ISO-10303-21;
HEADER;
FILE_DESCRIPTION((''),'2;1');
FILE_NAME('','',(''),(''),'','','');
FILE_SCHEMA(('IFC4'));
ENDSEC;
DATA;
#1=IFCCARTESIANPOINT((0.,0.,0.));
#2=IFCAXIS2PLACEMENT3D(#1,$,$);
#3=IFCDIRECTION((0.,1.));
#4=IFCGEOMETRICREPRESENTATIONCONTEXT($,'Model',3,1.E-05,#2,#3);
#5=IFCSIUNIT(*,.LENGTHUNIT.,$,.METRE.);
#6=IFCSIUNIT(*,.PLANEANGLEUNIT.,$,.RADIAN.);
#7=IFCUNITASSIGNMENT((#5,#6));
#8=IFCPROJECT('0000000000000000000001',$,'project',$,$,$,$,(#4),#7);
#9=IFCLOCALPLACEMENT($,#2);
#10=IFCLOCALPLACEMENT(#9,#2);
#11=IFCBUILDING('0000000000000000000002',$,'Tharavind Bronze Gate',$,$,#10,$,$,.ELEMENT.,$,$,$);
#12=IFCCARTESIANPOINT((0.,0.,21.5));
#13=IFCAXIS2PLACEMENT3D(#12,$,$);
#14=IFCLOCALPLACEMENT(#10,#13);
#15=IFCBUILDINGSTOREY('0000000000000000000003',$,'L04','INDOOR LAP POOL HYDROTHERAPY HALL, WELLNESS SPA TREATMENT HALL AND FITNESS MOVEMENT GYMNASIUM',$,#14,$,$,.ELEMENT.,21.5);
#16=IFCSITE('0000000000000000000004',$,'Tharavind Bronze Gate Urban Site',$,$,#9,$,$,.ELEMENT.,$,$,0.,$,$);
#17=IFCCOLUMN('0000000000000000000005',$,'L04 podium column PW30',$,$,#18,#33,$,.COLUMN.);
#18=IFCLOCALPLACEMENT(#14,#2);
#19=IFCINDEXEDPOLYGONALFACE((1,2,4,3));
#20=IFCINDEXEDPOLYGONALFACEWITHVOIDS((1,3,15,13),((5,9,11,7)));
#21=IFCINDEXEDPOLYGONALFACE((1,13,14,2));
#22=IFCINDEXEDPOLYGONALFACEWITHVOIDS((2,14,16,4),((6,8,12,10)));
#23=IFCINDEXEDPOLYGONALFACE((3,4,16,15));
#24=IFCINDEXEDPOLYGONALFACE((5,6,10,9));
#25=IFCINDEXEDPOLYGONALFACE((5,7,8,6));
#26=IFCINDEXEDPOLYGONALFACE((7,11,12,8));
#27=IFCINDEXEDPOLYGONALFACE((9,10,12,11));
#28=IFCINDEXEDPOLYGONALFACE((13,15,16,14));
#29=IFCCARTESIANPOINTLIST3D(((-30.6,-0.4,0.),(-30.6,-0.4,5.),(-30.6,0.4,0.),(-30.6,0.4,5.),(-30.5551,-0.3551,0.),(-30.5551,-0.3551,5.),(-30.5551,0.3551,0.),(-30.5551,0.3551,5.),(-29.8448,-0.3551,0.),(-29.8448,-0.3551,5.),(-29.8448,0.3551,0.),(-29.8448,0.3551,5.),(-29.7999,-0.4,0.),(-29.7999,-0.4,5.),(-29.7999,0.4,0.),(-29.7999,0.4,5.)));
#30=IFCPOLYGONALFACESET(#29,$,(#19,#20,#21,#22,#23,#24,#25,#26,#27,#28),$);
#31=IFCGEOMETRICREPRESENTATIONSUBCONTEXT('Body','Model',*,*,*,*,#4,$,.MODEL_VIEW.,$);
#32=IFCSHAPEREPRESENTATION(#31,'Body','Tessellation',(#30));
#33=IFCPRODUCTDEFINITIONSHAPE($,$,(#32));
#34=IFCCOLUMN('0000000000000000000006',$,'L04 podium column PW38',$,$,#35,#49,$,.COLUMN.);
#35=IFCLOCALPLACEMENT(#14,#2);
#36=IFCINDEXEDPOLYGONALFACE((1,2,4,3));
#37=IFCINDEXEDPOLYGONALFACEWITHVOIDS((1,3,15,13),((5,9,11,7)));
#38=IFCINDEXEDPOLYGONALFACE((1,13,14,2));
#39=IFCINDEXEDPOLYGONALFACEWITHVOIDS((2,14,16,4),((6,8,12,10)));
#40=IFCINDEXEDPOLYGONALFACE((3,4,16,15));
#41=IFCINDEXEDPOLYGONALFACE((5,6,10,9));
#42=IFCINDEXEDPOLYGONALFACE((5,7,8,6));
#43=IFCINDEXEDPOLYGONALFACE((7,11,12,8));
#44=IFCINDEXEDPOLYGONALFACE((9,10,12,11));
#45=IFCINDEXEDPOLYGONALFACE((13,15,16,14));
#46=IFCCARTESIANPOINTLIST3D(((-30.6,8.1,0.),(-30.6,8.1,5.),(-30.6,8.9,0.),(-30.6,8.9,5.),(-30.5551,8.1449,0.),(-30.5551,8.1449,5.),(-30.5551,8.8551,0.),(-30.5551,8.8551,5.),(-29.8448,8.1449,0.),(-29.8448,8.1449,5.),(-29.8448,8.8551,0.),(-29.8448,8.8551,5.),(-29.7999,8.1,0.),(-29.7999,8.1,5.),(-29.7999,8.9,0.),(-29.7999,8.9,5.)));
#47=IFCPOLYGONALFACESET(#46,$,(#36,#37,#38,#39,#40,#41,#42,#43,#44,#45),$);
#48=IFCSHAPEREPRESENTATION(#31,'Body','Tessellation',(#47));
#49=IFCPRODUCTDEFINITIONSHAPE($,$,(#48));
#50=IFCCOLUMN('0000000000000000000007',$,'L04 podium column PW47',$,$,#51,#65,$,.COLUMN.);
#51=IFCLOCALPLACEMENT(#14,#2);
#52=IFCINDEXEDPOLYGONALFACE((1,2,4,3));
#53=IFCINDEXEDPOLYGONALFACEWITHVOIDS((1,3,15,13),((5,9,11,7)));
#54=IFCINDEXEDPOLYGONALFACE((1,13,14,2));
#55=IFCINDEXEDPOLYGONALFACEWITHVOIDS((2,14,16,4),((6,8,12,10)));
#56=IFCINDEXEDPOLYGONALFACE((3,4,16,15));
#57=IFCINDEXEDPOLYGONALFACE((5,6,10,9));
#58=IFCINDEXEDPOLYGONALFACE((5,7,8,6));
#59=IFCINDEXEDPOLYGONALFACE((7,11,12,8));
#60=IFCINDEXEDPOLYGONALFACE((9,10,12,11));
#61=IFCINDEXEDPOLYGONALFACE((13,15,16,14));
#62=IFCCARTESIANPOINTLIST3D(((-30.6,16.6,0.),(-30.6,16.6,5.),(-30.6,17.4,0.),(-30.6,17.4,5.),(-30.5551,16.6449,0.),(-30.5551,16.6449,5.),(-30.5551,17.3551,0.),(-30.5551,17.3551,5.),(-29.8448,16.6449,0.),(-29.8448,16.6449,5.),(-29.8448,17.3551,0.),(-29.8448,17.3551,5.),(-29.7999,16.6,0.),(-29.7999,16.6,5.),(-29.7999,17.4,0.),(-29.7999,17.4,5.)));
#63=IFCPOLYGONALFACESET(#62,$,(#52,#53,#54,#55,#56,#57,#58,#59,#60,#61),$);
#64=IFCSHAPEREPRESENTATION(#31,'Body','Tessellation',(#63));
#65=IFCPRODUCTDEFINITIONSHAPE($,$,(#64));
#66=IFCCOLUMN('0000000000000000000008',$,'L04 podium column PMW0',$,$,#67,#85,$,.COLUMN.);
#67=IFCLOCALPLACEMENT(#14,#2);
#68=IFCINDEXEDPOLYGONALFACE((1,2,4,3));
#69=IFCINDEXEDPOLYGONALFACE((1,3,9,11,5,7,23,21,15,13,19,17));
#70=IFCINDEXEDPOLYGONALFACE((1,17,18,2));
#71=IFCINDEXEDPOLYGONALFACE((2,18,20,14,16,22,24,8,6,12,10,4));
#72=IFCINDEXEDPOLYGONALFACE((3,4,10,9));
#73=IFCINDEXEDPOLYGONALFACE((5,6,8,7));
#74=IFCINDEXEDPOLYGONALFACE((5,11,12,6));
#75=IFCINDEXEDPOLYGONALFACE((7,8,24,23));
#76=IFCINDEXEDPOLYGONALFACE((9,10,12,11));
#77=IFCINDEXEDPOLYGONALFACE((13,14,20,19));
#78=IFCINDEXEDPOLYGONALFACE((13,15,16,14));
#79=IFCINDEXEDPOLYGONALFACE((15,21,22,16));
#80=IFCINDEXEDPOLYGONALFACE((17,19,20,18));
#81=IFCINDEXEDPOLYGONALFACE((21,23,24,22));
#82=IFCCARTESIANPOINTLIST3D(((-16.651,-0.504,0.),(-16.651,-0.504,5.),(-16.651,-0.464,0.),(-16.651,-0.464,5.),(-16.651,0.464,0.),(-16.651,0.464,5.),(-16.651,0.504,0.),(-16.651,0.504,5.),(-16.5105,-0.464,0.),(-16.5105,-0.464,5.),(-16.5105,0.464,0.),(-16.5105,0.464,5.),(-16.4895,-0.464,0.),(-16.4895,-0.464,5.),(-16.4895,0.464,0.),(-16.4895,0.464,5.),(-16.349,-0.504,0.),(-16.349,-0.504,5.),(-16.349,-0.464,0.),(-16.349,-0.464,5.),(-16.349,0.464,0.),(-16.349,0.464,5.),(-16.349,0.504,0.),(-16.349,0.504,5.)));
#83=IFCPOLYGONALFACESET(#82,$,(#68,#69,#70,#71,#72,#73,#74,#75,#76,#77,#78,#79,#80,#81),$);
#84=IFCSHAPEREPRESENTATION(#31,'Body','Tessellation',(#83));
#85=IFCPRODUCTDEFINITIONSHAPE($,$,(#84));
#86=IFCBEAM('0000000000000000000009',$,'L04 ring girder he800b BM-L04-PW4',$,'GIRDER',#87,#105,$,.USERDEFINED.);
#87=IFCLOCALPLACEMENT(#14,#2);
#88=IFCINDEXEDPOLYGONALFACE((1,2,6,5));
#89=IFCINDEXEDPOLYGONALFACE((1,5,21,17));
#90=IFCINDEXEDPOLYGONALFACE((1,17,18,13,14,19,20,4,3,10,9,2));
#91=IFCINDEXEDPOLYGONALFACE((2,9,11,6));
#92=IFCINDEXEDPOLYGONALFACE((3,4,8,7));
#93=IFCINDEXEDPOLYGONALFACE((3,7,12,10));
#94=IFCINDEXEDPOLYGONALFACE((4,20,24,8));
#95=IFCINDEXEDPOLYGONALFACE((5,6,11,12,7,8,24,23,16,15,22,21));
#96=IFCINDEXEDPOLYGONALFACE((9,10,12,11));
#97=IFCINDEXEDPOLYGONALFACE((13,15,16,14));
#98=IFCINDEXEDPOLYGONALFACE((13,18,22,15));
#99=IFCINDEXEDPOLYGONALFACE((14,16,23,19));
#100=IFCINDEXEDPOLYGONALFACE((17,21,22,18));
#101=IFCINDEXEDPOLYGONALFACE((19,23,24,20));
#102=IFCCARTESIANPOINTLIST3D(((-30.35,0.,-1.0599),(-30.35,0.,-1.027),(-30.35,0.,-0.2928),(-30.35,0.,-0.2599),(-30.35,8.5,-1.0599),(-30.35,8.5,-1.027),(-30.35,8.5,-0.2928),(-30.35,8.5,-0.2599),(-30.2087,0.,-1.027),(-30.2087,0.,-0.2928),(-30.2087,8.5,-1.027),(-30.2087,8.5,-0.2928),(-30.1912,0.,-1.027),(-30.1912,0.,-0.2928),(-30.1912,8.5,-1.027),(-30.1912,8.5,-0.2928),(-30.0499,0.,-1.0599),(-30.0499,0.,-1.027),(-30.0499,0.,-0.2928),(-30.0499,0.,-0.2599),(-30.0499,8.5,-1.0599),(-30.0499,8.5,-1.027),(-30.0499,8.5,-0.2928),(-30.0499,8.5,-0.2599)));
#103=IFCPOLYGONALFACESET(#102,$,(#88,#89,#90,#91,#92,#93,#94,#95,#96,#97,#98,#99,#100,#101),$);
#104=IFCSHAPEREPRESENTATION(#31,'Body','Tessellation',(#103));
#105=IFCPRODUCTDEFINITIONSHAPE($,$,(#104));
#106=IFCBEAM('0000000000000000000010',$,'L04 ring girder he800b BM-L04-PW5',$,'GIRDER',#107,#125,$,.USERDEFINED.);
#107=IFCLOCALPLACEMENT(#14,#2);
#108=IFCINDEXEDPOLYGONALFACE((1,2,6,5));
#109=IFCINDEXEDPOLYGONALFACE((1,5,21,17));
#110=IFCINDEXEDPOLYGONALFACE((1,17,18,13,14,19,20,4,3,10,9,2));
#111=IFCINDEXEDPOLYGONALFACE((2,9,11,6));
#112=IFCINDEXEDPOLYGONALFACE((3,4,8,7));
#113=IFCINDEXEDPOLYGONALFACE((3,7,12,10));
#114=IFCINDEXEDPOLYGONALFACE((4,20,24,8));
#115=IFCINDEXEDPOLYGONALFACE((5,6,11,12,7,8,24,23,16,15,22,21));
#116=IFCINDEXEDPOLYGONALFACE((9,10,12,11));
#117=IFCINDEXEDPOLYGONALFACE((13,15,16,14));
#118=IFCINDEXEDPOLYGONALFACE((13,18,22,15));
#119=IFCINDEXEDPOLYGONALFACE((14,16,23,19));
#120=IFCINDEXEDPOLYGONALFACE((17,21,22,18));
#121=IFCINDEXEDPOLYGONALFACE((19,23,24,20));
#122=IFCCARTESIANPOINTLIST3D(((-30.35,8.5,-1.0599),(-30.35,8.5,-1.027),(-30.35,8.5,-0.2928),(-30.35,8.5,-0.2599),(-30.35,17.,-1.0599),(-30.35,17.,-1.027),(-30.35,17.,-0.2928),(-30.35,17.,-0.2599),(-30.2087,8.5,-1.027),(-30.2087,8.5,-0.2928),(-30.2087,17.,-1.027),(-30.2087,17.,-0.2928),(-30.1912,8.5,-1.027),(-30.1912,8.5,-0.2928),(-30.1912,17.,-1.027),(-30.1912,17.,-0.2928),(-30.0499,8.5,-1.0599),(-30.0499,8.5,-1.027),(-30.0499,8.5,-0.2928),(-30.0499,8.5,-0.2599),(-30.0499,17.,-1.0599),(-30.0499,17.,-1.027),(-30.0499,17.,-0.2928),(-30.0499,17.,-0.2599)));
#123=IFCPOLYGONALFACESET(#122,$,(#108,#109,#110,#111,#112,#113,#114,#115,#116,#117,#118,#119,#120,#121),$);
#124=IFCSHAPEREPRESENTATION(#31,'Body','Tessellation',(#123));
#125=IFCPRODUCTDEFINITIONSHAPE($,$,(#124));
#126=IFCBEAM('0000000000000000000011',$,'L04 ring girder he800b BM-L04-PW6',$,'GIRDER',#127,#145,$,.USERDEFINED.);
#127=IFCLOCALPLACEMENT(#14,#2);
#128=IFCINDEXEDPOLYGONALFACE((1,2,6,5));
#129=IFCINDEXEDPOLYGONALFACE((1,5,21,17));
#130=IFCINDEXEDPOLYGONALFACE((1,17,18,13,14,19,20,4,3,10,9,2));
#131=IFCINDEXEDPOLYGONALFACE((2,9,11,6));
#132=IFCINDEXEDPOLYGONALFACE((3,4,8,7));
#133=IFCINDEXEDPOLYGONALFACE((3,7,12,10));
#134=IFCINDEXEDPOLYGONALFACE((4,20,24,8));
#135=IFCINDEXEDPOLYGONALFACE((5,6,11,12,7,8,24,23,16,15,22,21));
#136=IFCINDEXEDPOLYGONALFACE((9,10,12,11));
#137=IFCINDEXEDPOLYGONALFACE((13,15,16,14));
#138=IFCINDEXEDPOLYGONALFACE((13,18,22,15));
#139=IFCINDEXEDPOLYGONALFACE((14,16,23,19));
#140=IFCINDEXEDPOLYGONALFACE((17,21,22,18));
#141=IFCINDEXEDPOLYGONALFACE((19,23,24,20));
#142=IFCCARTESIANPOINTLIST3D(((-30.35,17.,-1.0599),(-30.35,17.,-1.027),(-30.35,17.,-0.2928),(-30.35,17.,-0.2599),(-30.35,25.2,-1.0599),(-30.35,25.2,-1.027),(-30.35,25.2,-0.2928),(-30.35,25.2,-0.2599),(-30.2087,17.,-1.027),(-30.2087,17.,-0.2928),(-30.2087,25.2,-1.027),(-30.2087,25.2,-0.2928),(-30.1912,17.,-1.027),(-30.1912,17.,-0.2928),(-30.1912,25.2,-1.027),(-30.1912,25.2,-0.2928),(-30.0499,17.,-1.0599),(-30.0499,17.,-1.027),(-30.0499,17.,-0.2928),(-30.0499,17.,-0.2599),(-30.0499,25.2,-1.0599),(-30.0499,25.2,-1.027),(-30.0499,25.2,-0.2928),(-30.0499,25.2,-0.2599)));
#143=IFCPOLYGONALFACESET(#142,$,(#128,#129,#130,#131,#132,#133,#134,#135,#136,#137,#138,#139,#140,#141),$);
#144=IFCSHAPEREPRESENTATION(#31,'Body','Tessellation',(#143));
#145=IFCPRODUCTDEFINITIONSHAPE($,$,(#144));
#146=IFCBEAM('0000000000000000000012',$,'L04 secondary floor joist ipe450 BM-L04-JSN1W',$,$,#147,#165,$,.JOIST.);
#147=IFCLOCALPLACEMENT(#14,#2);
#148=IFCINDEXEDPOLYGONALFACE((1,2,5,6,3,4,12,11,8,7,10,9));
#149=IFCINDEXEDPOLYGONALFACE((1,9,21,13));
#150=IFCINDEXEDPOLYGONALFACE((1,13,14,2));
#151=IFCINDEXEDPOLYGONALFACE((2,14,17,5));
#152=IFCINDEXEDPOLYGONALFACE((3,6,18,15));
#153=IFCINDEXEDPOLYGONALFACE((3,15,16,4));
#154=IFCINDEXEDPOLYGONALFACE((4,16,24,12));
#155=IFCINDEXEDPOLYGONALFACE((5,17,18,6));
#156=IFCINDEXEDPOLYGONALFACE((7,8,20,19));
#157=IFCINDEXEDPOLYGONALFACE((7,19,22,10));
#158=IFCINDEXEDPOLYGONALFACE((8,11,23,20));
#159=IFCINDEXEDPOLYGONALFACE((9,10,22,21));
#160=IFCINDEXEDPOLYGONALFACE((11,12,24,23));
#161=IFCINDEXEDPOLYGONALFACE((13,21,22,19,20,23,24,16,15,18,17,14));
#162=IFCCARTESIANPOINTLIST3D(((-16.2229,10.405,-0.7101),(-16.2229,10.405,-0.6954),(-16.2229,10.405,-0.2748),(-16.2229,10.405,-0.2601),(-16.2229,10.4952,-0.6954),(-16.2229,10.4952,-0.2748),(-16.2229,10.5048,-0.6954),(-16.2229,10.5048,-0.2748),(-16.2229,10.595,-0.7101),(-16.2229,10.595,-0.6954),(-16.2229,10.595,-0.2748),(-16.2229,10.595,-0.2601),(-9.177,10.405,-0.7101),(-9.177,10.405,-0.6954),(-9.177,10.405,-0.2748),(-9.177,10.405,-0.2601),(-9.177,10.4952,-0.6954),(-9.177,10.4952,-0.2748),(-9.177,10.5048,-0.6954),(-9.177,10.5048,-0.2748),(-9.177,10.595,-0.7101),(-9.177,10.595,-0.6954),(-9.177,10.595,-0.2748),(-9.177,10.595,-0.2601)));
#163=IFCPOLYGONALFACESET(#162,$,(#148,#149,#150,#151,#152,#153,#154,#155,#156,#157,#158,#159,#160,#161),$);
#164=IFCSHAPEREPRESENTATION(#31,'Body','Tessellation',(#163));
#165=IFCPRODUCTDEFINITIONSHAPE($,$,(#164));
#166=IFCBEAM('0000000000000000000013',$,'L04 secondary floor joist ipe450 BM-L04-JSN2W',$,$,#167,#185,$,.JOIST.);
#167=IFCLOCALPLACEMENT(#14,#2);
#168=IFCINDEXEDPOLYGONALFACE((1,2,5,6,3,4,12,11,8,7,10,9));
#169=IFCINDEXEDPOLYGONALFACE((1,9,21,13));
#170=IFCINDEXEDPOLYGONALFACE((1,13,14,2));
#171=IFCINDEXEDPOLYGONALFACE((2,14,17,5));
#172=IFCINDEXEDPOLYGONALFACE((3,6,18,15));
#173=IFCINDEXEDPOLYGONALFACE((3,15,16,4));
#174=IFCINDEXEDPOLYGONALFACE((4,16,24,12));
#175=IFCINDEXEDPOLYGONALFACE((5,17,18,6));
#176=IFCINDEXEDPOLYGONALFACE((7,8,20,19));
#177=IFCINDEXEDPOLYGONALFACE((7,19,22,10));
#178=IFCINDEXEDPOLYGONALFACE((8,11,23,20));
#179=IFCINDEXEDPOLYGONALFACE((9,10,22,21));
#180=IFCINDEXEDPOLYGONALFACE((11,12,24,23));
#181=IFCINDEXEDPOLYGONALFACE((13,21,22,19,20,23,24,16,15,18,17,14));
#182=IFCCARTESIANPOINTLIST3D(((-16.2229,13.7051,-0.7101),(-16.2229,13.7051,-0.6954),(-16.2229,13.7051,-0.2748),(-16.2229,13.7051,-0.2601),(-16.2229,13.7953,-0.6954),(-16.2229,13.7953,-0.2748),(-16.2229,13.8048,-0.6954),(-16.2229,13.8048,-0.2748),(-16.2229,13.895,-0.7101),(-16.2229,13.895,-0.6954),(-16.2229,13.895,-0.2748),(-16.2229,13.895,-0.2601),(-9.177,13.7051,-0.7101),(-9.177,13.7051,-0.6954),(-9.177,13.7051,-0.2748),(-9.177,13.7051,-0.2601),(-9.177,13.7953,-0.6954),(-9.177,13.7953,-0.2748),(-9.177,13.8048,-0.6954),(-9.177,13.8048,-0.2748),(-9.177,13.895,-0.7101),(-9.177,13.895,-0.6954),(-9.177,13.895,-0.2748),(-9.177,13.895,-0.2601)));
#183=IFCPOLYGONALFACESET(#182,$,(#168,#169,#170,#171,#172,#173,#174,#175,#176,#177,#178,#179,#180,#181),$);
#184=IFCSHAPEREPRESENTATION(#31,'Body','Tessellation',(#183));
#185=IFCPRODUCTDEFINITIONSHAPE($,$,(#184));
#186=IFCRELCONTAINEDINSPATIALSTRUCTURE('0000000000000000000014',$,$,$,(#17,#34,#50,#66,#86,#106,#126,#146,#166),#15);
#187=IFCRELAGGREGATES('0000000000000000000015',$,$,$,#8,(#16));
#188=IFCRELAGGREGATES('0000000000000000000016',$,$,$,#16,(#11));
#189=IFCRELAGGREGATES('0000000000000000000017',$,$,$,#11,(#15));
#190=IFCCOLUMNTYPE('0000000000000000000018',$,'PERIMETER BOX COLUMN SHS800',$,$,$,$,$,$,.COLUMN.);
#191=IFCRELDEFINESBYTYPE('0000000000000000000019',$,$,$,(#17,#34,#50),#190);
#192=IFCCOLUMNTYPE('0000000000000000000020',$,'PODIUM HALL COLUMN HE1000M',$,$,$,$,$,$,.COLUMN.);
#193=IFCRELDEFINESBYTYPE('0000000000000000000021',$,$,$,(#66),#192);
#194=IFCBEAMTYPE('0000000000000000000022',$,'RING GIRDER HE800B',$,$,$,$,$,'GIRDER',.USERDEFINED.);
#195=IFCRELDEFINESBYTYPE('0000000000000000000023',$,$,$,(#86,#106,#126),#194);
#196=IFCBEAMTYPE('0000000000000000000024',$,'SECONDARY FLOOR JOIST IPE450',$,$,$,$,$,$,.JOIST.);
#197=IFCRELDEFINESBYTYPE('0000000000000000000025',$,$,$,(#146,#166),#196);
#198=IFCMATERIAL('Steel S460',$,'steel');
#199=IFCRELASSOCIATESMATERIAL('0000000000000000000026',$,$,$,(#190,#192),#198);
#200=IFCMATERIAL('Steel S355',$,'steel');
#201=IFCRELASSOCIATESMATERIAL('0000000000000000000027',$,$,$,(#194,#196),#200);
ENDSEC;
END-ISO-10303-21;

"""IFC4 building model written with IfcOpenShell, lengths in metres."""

from ifc_helpers import new_model, si_unit, direction, frame, origin, origin_2d, place, context, subcontext, project, spatial, hollow_rectangle, i_section, extrude, material, material_profile, profile_set, type_object, element, save


model = new_model("IFC4")

# Units and contexts
model_context = context("Model", 3, precision=1e-05, world=origin(), true_north=direction((0.0, 1.0)))
body_context = subcontext(model_context, "Body", "Model", "MODEL_VIEW")
ifc_project = project(units=[si_unit("LENGTHUNIT", "METRE"), si_unit("PLANEANGLEUNIT", "RADIAN")], contexts=[model_context])

# Site, building, storey
site_placement = place(None, origin())
site = spatial("IfcSite", under=ifc_project, at=site_placement, Name="Tharavind Bronze Gate Urban Site", CompositionType="ELEMENT", RefElevation=0.0)
building_placement = place(site_placement, origin())
building = spatial("IfcBuilding", under=site, at=building_placement, Name="Tharavind Bronze Gate", CompositionType="ELEMENT")
storey_placement = place(building_placement, frame((0.0, 0.0, 21.5)))
storey = spatial("IfcBuildingStorey", under=building, at=storey_placement, Name="L04", Description="INDOOR LAP POOL HYDROTHERAPY HALL, WELLNESS SPA TREATMENT HALL AND FITNESS MOVEMENT GYMNASIUM", CompositionType="ELEMENT", Elevation=21.5)

# Columns
ifc_material_1 = material(Name="Steel S460", Category="steel")
ifc_material_profile_1 = material_profile(ifc_material_1, hollow_rectangle(XDim=0.8, YDim=0.8, WallThickness=0.0449, at=origin_2d()), Name="SHS800X45")
ifc_profile_set_1 = profile_set([ifc_material_profile_1], Name="Steel S460")
column_type_1 = type_object("IfcColumnType", Name="PERIMETER BOX COLUMN SHS800", PredefinedType="COLUMN", material=ifc_profile_set_1)
for number, where, z_axis, x_axis, name in (
    (1, (-30.2, 0.0, 0.0), (0.0, 0.0, 1.0), (1.0, 0.0, 0.0), "L04 podium column PW30"),
    (2, (-30.2, 8.5, 0.0), (0.0, 0.0, 1.0), (1.0, 0.0, 0.0), "L04 podium column PW38"),
    (3, (-30.2, 17.0, 0.0), (0.0, 0.0, 1.0), (1.0, 0.0, 0.0), "L04 podium column PW47"),
):
    element("IfcColumn", number, at=place(storey_placement, frame(where, z_axis=z_axis, x_axis=x_axis)), inside=storey, type_object=column_type_1, Name=name, PredefinedType="COLUMN", context=body_context, shape_type="SweptSolid", body=[
        extrude(hollow_rectangle(XDim=0.8, YDim=0.8, WallThickness=0.0449, at=origin_2d()), origin(), (0.0, 0.0, 1.0), 5.0),
    ])
ifc_material_profile_2 = material_profile(ifc_material_1, i_section(OverallWidth=0.302, OverallDepth=1.0081, WebThickness=0.021, FlangeThickness=0.04, at=origin_2d()), Name="HE1000M")
ifc_profile_set_2 = profile_set([ifc_material_profile_2], Name="Steel S460")
column_type_2 = type_object("IfcColumnType", Name="PODIUM HALL COLUMN HE1000M", PredefinedType="COLUMN", material=ifc_profile_set_2)
column_placement = place(storey_placement, frame((-16.5, 0.0, 0.0), z_axis=(0.0, 0.0, 1.0), x_axis=(1.0, 0.0, 0.0)))
element("IfcColumn", 4, at=column_placement, inside=storey, type_object=column_type_2, Name="L04 podium column PMW0", PredefinedType="COLUMN", context=body_context, shape_type="SweptSolid", body=[
    extrude(i_section(OverallWidth=0.302, OverallDepth=1.0081, WebThickness=0.021, FlangeThickness=0.04, at=origin_2d()), origin(), (0.0, 0.0, 1.0), 5.0),
])

# Beams
ifc_material_2 = material(Name="Steel S355", Category="steel")
ifc_material_profile_3 = material_profile(ifc_material_2, i_section(OverallWidth=0.3, OverallDepth=0.8, WebThickness=0.0176, FlangeThickness=0.033, at=origin_2d()), Name="HE800B")
ifc_profile_set_3 = profile_set([ifc_material_profile_3], Name="Steel S355")
beam_type_1 = type_object("IfcBeamType", Name="RING GIRDER HE800B", ElementType="GIRDER", PredefinedType="USERDEFINED", material=ifc_profile_set_3)
for number, where, z_axis, x_axis, name in (
    (5, (-30.2, 0.0, -0.6599), (0.0, 1.0, 0.0), (-1.0, 0.0, 0.0), "L04 ring girder he800b BM-L04-PW4"),
    (6, (-30.2, 8.5, -0.6599), (0.0, 1.0, 0.0), (-1.0, 0.0, 0.0), "L04 ring girder he800b BM-L04-PW5"),
):
    element("IfcBeam", number, at=place(storey_placement, frame(where, z_axis=z_axis, x_axis=x_axis)), inside=storey, type_object=beam_type_1, Name=name, ObjectType="GIRDER", PredefinedType="USERDEFINED", context=body_context, shape_type="SweptSolid", body=[
        extrude(i_section(OverallWidth=0.3, OverallDepth=0.8, WebThickness=0.0176, FlangeThickness=0.033, at=origin_2d()), origin(), (0.0, 0.0, 1.0), 8.5),
    ])
beam_1_placement = place(storey_placement, frame((-30.2, 17.0, -0.6599), z_axis=(0.0, 1.0, 0.0), x_axis=(-1.0, 0.0, 0.0)))
element("IfcBeam", 7, at=beam_1_placement, inside=storey, type_object=beam_type_1, Name="L04 ring girder he800b BM-L04-PW6", ObjectType="GIRDER", PredefinedType="USERDEFINED", context=body_context, shape_type="SweptSolid", body=[
    extrude(i_section(OverallWidth=0.3, OverallDepth=0.8, WebThickness=0.0176, FlangeThickness=0.033, at=origin_2d()), origin(), (0.0, 0.0, 1.0), 8.2),
])
ifc_material_profile_4 = material_profile(ifc_material_2, i_section(OverallWidth=0.1899, OverallDepth=0.45, WebThickness=0.0095, FlangeThickness=0.0146, at=origin_2d()), Name="IPE450")
ifc_profile_set_4 = profile_set([ifc_material_profile_4], Name="Steel S355")
beam_type_2 = type_object("IfcBeamType", Name="SECONDARY FLOOR JOIST IPE450", PredefinedType="JOIST", material=ifc_profile_set_4)
for number, where, z_axis, x_axis, name in (
    (8, (-16.2229, 10.5, -0.4851), (1.0, 0.0, 0.0), (0.0, 1.0, 0.0), "L04 secondary floor joist ipe450 BM-L04-JSN1W"),
    (9, (-16.2229, 13.8, -0.4851), (1.0, 0.0, 0.0), (0.0, 1.0, 0.0), "L04 secondary floor joist ipe450 BM-L04-JSN2W"),
):
    element("IfcBeam", number, at=place(storey_placement, frame(where, z_axis=z_axis, x_axis=x_axis)), inside=storey, type_object=beam_type_2, Name=name, PredefinedType="JOIST", context=body_context, shape_type="SweptSolid", body=[
        extrude(i_section(OverallWidth=0.1899, OverallDepth=0.45, WebThickness=0.0095, FlangeThickness=0.0146, at=origin_2d()), origin(), (0.0, 0.0, 1.0), 7.0459),
    ])

save(model, "model.ifc")
